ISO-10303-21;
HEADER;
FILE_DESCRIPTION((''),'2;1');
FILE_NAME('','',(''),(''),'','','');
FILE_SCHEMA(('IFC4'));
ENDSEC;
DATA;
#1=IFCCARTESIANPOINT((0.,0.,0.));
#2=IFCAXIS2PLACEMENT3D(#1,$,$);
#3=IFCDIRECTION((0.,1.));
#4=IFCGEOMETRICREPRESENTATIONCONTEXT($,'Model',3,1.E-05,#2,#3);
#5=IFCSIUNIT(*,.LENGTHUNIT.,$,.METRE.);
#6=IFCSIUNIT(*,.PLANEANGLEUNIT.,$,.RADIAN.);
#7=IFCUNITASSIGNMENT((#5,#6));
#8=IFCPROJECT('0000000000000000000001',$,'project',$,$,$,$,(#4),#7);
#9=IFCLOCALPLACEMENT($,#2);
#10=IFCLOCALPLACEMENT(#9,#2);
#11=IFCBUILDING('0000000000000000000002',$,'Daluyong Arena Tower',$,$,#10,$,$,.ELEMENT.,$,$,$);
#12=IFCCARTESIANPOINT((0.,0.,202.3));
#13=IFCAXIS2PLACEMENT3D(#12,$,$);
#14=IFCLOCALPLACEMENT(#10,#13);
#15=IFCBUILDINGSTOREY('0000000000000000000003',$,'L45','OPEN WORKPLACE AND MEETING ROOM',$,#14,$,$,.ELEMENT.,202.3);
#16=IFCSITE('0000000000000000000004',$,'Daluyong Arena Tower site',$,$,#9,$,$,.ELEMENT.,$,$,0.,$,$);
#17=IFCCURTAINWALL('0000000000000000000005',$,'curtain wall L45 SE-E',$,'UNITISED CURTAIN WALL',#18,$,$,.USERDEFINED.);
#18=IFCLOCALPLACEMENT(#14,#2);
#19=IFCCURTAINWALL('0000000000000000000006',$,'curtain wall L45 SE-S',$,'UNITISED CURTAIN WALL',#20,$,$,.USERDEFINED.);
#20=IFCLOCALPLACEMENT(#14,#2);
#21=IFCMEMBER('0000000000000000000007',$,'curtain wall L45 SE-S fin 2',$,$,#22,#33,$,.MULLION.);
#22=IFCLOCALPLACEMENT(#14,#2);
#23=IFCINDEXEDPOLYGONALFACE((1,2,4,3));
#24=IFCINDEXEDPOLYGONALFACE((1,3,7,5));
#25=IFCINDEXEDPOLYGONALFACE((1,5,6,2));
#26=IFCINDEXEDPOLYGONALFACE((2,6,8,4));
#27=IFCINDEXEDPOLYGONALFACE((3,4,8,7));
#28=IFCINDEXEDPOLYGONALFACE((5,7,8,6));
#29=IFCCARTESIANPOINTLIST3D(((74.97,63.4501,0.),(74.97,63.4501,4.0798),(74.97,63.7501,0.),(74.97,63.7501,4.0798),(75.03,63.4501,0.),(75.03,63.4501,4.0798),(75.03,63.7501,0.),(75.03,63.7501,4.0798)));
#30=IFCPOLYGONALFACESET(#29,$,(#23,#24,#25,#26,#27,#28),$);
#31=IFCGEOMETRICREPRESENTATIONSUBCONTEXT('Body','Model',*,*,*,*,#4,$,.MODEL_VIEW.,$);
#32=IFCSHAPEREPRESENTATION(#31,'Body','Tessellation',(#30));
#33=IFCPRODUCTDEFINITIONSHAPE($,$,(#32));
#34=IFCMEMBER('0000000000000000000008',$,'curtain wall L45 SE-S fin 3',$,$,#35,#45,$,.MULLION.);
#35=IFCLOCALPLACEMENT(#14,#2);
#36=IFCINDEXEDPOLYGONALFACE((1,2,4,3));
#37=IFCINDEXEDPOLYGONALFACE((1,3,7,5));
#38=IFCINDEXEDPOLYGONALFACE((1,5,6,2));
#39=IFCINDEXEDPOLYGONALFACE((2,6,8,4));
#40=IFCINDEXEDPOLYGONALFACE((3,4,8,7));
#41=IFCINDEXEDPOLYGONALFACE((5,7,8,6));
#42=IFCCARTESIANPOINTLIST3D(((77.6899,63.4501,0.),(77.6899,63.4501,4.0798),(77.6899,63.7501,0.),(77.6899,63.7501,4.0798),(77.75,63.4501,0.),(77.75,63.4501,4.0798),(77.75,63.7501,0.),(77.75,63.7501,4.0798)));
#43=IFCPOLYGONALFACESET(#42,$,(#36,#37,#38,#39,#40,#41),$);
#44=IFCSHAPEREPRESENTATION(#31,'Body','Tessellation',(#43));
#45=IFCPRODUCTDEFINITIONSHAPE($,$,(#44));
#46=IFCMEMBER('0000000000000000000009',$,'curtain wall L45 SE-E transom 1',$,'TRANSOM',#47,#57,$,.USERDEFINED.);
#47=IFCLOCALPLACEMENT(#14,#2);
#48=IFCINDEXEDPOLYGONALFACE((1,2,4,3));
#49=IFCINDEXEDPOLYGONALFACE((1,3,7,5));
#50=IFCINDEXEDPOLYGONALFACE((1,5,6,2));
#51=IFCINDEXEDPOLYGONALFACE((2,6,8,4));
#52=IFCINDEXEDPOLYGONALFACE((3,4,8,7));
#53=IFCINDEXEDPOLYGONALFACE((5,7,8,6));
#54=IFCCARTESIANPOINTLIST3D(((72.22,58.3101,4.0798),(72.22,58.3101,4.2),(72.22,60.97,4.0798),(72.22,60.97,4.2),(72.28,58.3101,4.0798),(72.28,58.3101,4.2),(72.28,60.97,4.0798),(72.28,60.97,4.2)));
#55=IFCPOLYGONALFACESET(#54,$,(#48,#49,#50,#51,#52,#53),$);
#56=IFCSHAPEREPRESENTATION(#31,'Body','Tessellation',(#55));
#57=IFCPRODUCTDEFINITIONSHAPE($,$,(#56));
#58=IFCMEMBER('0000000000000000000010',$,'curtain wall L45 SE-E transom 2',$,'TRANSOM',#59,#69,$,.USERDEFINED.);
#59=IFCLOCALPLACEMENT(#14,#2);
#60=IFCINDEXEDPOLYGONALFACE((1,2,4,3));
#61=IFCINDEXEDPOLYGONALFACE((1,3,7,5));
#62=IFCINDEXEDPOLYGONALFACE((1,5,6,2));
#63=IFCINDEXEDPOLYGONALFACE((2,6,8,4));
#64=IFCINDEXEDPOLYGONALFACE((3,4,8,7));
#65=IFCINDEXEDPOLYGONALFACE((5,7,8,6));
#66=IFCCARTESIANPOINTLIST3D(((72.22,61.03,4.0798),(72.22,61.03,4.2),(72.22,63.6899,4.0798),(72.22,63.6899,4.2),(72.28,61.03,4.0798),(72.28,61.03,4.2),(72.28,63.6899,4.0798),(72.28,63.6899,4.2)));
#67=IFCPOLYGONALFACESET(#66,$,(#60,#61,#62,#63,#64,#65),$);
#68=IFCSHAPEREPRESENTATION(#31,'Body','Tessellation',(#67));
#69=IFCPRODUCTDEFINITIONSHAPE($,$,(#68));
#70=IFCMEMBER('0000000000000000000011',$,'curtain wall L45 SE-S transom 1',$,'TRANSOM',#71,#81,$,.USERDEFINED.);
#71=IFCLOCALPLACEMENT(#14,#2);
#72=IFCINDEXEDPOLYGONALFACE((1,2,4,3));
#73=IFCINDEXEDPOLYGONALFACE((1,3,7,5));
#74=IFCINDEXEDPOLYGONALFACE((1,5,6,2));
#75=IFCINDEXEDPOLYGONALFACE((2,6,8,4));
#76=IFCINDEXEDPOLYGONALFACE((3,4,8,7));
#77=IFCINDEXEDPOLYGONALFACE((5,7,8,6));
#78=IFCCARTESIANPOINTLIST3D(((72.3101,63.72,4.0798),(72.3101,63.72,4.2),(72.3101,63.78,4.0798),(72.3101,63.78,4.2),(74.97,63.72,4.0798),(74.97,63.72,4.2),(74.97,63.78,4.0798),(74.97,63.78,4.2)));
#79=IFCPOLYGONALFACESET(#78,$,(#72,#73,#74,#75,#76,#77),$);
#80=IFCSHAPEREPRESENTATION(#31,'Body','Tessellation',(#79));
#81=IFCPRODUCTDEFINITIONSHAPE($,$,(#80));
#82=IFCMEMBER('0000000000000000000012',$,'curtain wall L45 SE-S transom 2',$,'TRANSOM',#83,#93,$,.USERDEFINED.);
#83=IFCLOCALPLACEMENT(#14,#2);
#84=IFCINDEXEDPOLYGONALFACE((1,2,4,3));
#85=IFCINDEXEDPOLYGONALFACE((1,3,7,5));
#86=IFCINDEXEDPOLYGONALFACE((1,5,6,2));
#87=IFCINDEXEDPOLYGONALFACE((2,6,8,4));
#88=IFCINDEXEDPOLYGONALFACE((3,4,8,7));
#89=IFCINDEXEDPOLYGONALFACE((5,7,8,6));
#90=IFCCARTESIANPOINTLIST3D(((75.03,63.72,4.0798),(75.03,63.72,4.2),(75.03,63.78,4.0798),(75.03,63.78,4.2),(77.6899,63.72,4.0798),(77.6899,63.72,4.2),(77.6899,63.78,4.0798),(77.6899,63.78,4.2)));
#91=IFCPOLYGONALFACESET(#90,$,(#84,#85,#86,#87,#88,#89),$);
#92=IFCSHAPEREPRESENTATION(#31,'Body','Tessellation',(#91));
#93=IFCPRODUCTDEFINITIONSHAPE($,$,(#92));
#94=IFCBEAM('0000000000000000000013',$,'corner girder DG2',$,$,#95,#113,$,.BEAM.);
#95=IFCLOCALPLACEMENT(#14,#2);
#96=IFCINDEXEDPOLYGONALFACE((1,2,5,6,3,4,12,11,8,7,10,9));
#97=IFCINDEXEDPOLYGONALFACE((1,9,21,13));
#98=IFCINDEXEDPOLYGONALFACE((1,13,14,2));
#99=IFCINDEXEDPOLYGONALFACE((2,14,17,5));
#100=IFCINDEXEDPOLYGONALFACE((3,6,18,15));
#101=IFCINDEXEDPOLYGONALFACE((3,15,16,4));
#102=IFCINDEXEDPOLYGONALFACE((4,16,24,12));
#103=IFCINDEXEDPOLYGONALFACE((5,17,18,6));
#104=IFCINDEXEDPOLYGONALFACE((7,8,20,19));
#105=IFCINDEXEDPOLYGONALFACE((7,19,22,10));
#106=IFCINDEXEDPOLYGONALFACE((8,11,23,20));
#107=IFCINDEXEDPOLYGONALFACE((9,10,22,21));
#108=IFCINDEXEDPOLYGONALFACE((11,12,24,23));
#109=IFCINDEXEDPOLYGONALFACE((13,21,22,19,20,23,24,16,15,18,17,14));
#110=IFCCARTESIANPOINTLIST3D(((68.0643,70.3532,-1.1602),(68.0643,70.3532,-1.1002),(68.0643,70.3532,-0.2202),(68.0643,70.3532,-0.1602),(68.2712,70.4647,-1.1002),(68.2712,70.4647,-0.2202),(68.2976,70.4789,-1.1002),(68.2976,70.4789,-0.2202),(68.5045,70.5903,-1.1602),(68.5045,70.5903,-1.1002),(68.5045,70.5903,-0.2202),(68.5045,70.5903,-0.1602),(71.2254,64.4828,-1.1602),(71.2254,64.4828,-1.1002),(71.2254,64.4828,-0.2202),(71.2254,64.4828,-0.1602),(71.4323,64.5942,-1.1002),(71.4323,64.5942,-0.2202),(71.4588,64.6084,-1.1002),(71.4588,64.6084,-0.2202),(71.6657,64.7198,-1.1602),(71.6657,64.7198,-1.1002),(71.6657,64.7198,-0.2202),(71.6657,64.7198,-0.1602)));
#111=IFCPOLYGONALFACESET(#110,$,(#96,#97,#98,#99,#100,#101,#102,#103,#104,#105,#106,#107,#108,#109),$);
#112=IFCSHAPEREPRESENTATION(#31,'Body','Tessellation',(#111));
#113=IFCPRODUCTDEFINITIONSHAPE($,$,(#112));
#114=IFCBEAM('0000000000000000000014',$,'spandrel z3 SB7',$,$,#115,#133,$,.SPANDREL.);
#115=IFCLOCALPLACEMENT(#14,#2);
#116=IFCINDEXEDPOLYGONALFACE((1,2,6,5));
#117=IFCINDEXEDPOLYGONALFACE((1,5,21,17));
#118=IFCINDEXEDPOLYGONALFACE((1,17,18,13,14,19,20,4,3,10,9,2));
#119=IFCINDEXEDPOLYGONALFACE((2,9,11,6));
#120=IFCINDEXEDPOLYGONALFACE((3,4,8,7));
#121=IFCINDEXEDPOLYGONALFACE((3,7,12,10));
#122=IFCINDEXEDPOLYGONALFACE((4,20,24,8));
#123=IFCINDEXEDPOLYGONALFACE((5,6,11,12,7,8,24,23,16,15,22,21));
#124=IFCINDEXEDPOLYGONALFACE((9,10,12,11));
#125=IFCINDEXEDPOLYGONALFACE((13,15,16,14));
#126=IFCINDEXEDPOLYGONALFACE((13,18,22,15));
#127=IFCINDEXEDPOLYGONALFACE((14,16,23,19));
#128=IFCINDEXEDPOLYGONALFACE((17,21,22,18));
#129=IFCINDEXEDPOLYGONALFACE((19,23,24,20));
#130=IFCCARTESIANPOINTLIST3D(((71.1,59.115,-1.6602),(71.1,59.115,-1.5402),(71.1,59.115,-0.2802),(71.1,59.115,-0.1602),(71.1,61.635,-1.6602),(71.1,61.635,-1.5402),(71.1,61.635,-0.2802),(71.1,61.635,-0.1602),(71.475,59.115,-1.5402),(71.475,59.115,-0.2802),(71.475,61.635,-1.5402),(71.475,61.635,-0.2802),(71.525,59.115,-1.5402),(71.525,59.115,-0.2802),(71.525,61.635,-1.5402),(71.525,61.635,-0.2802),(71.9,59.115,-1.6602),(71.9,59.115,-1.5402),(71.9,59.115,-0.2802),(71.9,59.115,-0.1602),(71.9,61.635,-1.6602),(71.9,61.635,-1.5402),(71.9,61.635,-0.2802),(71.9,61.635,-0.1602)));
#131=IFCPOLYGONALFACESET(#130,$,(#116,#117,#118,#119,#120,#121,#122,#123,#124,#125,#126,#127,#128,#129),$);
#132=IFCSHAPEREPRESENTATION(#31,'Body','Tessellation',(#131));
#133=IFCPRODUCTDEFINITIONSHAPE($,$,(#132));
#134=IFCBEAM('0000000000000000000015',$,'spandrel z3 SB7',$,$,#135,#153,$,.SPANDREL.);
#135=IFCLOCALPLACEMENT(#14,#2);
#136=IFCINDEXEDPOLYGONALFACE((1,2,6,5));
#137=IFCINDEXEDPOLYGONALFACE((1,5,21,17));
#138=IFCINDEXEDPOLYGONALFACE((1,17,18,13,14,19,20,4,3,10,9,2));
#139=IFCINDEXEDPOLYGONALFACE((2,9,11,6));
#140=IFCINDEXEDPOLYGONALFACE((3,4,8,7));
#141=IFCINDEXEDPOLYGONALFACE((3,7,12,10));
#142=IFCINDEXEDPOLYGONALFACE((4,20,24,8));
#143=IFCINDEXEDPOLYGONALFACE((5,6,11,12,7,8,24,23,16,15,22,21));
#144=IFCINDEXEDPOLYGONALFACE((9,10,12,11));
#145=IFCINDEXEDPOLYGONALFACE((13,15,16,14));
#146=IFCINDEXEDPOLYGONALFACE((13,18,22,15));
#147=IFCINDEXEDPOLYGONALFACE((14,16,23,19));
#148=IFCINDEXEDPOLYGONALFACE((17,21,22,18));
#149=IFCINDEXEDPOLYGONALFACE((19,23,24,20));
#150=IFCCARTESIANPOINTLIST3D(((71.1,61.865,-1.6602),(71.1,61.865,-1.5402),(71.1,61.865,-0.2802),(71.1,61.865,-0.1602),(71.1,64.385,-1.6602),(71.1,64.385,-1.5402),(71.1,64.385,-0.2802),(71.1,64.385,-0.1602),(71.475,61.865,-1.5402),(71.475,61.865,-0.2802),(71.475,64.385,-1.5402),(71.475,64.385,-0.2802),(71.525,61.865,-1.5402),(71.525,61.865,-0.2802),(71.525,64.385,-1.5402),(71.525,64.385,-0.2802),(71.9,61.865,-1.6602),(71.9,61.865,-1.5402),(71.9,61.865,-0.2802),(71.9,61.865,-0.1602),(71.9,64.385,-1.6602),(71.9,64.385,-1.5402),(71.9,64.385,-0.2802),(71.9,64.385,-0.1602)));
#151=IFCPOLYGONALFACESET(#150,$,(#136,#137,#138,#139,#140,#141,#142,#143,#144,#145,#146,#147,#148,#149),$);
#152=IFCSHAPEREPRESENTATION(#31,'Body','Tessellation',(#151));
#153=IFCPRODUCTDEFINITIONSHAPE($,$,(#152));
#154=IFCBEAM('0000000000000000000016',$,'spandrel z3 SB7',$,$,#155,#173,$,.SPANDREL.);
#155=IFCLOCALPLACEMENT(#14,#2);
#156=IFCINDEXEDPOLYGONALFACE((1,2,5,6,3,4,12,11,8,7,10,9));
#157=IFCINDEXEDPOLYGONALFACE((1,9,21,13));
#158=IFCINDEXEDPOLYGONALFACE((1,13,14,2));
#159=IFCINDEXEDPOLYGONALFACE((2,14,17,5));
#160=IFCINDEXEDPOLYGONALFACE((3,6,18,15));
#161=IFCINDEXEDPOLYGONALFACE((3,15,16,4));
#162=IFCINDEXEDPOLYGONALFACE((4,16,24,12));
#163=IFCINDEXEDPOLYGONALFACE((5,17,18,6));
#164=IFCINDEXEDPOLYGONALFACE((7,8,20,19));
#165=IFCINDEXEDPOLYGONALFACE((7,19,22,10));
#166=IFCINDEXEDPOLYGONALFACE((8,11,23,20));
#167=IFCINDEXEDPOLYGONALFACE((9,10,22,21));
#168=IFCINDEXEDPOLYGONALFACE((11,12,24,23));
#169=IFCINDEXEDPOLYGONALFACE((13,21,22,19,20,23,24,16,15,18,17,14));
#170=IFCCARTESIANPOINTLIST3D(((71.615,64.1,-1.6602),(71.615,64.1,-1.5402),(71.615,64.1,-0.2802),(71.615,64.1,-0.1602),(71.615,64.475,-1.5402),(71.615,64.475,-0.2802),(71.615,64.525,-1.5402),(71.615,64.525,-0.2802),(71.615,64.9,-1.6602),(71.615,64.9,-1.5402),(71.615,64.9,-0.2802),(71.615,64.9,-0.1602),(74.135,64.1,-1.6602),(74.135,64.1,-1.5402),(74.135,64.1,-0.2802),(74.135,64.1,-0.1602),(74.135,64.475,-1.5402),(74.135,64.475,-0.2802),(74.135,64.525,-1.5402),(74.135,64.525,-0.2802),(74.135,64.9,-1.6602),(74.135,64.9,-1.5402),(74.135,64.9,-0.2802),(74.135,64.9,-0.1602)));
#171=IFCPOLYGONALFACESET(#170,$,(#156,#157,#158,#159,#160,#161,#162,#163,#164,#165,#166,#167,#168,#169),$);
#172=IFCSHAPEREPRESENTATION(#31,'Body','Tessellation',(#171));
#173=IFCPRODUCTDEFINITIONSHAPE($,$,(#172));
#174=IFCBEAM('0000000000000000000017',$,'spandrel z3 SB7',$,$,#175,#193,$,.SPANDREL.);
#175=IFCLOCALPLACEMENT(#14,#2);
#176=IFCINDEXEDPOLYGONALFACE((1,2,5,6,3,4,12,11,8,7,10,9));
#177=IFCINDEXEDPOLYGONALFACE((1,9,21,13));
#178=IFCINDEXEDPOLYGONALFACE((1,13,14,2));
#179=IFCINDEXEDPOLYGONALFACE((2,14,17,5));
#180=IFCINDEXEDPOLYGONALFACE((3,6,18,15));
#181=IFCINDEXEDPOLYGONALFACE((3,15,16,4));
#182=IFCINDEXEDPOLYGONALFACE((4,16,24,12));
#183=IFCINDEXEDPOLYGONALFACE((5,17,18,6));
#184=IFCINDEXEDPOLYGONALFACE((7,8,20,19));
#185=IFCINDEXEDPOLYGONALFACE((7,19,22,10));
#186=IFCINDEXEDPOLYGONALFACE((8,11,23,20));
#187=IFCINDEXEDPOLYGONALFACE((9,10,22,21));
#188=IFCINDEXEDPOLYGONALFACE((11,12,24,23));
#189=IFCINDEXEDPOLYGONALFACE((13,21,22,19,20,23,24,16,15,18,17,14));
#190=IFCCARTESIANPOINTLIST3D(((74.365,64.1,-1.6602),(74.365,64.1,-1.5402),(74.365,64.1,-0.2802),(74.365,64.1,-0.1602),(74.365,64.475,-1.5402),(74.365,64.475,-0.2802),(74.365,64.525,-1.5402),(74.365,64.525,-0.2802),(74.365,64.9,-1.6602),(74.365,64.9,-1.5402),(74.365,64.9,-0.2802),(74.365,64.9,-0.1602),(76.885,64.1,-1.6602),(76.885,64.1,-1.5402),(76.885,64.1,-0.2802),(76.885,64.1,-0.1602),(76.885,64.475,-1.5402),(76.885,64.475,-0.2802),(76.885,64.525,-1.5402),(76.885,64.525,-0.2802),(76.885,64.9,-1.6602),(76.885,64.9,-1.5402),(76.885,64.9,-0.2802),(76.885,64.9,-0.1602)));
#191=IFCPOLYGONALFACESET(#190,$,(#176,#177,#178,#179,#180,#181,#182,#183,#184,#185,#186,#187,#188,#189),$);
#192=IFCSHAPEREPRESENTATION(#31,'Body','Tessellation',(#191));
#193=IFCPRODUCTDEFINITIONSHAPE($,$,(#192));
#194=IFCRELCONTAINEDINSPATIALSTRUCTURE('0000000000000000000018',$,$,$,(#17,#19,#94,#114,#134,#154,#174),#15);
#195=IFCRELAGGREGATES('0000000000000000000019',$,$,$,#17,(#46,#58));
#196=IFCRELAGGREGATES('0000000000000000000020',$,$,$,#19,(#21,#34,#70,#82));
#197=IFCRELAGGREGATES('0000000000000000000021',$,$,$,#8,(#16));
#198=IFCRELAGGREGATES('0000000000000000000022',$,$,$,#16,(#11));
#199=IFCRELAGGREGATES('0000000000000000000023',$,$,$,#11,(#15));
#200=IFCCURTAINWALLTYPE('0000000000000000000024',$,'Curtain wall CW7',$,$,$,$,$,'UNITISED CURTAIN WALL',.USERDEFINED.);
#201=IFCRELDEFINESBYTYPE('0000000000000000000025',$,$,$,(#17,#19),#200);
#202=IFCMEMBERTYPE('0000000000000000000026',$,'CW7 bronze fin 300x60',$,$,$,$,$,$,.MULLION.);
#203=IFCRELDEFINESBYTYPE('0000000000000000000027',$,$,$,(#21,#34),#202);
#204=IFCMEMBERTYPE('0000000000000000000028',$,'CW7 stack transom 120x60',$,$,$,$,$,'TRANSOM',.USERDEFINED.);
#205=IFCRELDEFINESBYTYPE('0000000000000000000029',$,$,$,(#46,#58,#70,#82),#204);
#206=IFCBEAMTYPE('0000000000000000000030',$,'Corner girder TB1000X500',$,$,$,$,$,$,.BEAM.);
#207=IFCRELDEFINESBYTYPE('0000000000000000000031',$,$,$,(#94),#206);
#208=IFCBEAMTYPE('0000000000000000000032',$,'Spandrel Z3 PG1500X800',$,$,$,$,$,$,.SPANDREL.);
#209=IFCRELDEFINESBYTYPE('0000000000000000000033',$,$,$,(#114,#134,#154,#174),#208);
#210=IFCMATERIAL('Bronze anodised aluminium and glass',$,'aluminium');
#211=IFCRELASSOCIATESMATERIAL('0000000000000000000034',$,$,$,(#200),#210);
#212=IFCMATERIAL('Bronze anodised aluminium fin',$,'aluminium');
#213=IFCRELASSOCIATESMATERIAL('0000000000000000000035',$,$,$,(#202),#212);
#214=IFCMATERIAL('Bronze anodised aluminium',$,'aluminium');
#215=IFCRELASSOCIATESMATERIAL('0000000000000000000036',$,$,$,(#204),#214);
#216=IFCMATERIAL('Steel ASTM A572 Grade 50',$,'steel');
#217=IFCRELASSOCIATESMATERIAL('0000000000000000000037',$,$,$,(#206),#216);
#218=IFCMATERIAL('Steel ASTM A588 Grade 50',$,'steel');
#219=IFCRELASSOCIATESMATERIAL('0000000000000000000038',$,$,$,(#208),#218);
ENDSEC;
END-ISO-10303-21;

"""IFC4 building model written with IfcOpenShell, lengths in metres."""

from ifc_helpers import new_model, si_unit, direction, frame, origin, origin_2d, place, context, subcontext, project, spatial, rectangle, i_section, extrude, material, material_profile, profile_set, type_object, element, aggregate, save


model = new_model("IFC4")

# Units and contexts
model_context = context("Model", 3, precision=1e-05, world=origin(), true_north=direction((0.0, 1.0)))
body_context = subcontext(model_context, "Body", "Model", "MODEL_VIEW")
ifc_project = project(units=[si_unit("LENGTHUNIT", "METRE"), si_unit("PLANEANGLEUNIT", "RADIAN")], contexts=[model_context])

# Site, building, storey
site_placement = place(None, origin())
site = spatial("IfcSite", under=ifc_project, at=site_placement, Name="Daluyong Arena Tower site", CompositionType="ELEMENT", RefElevation=0.0)
building_placement = place(site_placement, origin())
building = spatial("IfcBuilding", under=site, at=building_placement, Name="Daluyong Arena Tower", CompositionType="ELEMENT")
storey_placement = place(building_placement, frame((0.0, 0.0, 202.3)))
storey = spatial("IfcBuildingStorey", under=building, at=storey_placement, Name="L45", Description="OPEN WORKPLACE AND MEETING ROOM", CompositionType="ELEMENT", Elevation=202.3)

# Curtain walls, members
ifc_material_1 = material(Name="Bronze anodised aluminium and glass", Category="aluminium")
curtain_wall_type_1 = type_object("IfcCurtainWallType", Name="Curtain wall CW7", ElementType="UNITISED CURTAIN WALL", PredefinedType="USERDEFINED", material=ifc_material_1)
curtain_wall_1_placement = place(storey_placement, origin())
curtain_wall_1 = element("IfcCurtainWall", 1, at=curtain_wall_1_placement, inside=storey, type_object=curtain_wall_type_1, Name="curtain wall L45 SE-E", ObjectType="UNITISED CURTAIN WALL", PredefinedType="USERDEFINED")
ifc_material_2 = material(Name="Bronze anodised aluminium fin", Category="aluminium")
ifc_material_profile_1 = material_profile(ifc_material_2, rectangle(XDim=0.3, YDim=0.0601, at=origin_2d()))
ifc_profile_set_1 = profile_set([ifc_material_profile_1], Name="Bronze anodised aluminium fin")
member_type_1 = type_object("IfcMemberType", Name="CW7 bronze fin 300x60", PredefinedType="MULLION", material=ifc_profile_set_1)
curtain_wall_2_placement = place(storey_placement, origin())
curtain_wall_2 = element("IfcCurtainWall", 2, at=curtain_wall_2_placement, inside=storey, type_object=curtain_wall_type_1, Name="curtain wall L45 SE-S", ObjectType="UNITISED CURTAIN WALL", PredefinedType="USERDEFINED")
member_1_placement = place(storey_placement, frame((75.0, 63.6001, 0.0), z_axis=(0.0, 0.0, 1.0), x_axis=(0.0, 1.0, 0.0)))
member_1 = element("IfcMember", 3, at=member_1_placement, type_object=member_type_1, Name="curtain wall L45 SE-S fin 2", PredefinedType="MULLION", context=body_context, shape_type="SweptSolid", body=[
    extrude(rectangle(XDim=0.3, YDim=0.0601, at=origin_2d()), origin(), (0.0, 0.0, 1.0), 4.0798),
])
member_2_placement = place(storey_placement, frame((77.72, 63.6001, 0.0), z_axis=(0.0, 0.0, 1.0), x_axis=(0.0, 1.0, 0.0)))
member_2 = element("IfcMember", 4, at=member_2_placement, type_object=member_type_1, Name="curtain wall L45 SE-S fin 3", PredefinedType="MULLION", context=body_context, shape_type="SweptSolid", body=[
    extrude(rectangle(XDim=0.3, YDim=0.0601, at=origin_2d()), origin(), (0.0, 0.0, 1.0), 4.0798),
])

# Members
ifc_material_3 = material(Name="Bronze anodised aluminium", Category="aluminium")
ifc_material_profile_2 = material_profile(ifc_material_3, rectangle(XDim=0.0601, YDim=0.1201, at=origin_2d()))
ifc_profile_set_2 = profile_set([ifc_material_profile_2], Name="Bronze anodised aluminium")
member_type_2 = type_object("IfcMemberType", Name="CW7 stack transom 120x60", ElementType="TRANSOM", PredefinedType="USERDEFINED", material=ifc_profile_set_2)
member_3_placement = place(storey_placement, frame((72.25, 58.3101, 4.1399), z_axis=(0.0, 1.0, 0.0), x_axis=(-1.0, 0.0, 0.0)))
member_3 = element("IfcMember", 5, at=member_3_placement, type_object=member_type_2, Name="curtain wall L45 SE-E transom 1", ObjectType="TRANSOM", PredefinedType="USERDEFINED", context=body_context, shape_type="SweptSolid", body=[
    extrude(rectangle(XDim=0.0601, YDim=0.1201, at=origin_2d()), origin(), (0.0, 0.0, 1.0), 2.6599),
])
member_4_placement = place(storey_placement, frame((72.25, 61.03, 4.1399), z_axis=(0.0, 1.0, 0.0), x_axis=(-1.0, 0.0, 0.0)))
member_4 = element("IfcMember", 6, at=member_4_placement, type_object=member_type_2, Name="curtain wall L45 SE-E transom 2", ObjectType="TRANSOM", PredefinedType="USERDEFINED", context=body_context, shape_type="SweptSolid", body=[
    extrude(rectangle(XDim=0.0601, YDim=0.1201, at=origin_2d()), origin(), (0.0, 0.0, 1.0), 2.6599),
])
member_5_placement = place(storey_placement, frame((72.3101, 63.75, 4.1399), z_axis=(1.0, 0.0, 0.0), x_axis=(0.0, 1.0, 0.0)))
member_5 = element("IfcMember", 7, at=member_5_placement, type_object=member_type_2, Name="curtain wall L45 SE-S transom 1", ObjectType="TRANSOM", PredefinedType="USERDEFINED", context=body_context, shape_type="SweptSolid", body=[
    extrude(rectangle(XDim=0.0601, YDim=0.1201, at=origin_2d()), origin(), (0.0, 0.0, 1.0), 2.6599),
])
member_6_placement = place(storey_placement, frame((75.03, 63.75, 4.1399), z_axis=(1.0, 0.0, 0.0), x_axis=(0.0, 1.0, 0.0)))
member_6 = element("IfcMember", 8, at=member_6_placement, type_object=member_type_2, Name="curtain wall L45 SE-S transom 2", ObjectType="TRANSOM", PredefinedType="USERDEFINED", context=body_context, shape_type="SweptSolid", body=[
    extrude(rectangle(XDim=0.0601, YDim=0.1201, at=origin_2d()), origin(), (0.0, 0.0, 1.0), 2.6599),
])

# Beams
ifc_material_4 = material(Name="Steel ASTM A572 Grade 50", Category="steel")
ifc_material_profile_3 = material_profile(ifc_material_4, i_section(OverallWidth=0.5, OverallDepth=1.0, WebThickness=0.03, FlangeThickness=0.06, at=origin_2d()))
ifc_profile_set_3 = profile_set([ifc_material_profile_3], Name="Steel ASTM A572 Grade 50")
beam_type_1 = type_object("IfcBeamType", Name="Corner girder TB1000X500", PredefinedType="BEAM", material=ifc_profile_set_3)
beam_placement = place(storey_placement, frame((71.4456, 64.6013, -0.6602), z_axis=(-0.474119, 0.880461, 0.0), x_axis=(-0.880461, -0.474119, 0.0)))
element("IfcBeam", 9, at=beam_placement, inside=storey, type_object=beam_type_1, Name="corner girder DG2", PredefinedType="BEAM", context=body_context, shape_type="SweptSolid", body=[
    extrude(i_section(OverallWidth=0.5, OverallDepth=1.0, WebThickness=0.03, FlangeThickness=0.06, at=origin_2d()), origin(), (0.0, 0.0, 1.0), 6.6675),
])
ifc_material_5 = material(Name="Steel ASTM A588 Grade 50", Category="steel")
ifc_material_profile_4 = material_profile(ifc_material_5, i_section(OverallWidth=0.8, OverallDepth=1.5, WebThickness=0.05, FlangeThickness=0.12, at=origin_2d()))
ifc_profile_set_4 = profile_set([ifc_material_profile_4], Name="Steel ASTM A588 Grade 50")
beam_type_2 = type_object("IfcBeamType", Name="Spandrel Z3 PG1500X800", PredefinedType="SPANDREL", material=ifc_profile_set_4)
for number, where, z_axis, x_axis, name in (
    (10, (71.5, 59.115, -0.9102), (0.0, 1.0, 0.0), (-1.0, 0.0, 0.0), "spandrel z3 SB7"),
    (11, (71.5, 61.865, -0.9102), (0.0, 1.0, 0.0), (-1.0, 0.0, 0.0), "spandrel z3 SB7"),
    (12, (71.615, 64.5, -0.9102), (1.0, 0.0, 0.0), (0.0, 1.0, 0.0), "spandrel z3 SB7"),
    (13, (74.365, 64.5, -0.9102), (1.0, 0.0, 0.0), (0.0, 1.0, 0.0), "spandrel z3 SB7"),
):
    element("IfcBeam", number, at=place(storey_placement, frame(where, z_axis=z_axis, x_axis=x_axis)), inside=storey, type_object=beam_type_2, Name=name, PredefinedType="SPANDREL", context=body_context, shape_type="SweptSolid", body=[
        extrude(i_section(OverallWidth=0.8, OverallDepth=1.5, WebThickness=0.05, FlangeThickness=0.12, at=origin_2d()), origin(), (0.0, 0.0, 1.0), 2.52),
    ])

aggregate(curtain_wall_1, [member_3, member_4])
aggregate(curtain_wall_2, [member_1, member_2, member_5, member_6])

save(model, "model.ifc")
